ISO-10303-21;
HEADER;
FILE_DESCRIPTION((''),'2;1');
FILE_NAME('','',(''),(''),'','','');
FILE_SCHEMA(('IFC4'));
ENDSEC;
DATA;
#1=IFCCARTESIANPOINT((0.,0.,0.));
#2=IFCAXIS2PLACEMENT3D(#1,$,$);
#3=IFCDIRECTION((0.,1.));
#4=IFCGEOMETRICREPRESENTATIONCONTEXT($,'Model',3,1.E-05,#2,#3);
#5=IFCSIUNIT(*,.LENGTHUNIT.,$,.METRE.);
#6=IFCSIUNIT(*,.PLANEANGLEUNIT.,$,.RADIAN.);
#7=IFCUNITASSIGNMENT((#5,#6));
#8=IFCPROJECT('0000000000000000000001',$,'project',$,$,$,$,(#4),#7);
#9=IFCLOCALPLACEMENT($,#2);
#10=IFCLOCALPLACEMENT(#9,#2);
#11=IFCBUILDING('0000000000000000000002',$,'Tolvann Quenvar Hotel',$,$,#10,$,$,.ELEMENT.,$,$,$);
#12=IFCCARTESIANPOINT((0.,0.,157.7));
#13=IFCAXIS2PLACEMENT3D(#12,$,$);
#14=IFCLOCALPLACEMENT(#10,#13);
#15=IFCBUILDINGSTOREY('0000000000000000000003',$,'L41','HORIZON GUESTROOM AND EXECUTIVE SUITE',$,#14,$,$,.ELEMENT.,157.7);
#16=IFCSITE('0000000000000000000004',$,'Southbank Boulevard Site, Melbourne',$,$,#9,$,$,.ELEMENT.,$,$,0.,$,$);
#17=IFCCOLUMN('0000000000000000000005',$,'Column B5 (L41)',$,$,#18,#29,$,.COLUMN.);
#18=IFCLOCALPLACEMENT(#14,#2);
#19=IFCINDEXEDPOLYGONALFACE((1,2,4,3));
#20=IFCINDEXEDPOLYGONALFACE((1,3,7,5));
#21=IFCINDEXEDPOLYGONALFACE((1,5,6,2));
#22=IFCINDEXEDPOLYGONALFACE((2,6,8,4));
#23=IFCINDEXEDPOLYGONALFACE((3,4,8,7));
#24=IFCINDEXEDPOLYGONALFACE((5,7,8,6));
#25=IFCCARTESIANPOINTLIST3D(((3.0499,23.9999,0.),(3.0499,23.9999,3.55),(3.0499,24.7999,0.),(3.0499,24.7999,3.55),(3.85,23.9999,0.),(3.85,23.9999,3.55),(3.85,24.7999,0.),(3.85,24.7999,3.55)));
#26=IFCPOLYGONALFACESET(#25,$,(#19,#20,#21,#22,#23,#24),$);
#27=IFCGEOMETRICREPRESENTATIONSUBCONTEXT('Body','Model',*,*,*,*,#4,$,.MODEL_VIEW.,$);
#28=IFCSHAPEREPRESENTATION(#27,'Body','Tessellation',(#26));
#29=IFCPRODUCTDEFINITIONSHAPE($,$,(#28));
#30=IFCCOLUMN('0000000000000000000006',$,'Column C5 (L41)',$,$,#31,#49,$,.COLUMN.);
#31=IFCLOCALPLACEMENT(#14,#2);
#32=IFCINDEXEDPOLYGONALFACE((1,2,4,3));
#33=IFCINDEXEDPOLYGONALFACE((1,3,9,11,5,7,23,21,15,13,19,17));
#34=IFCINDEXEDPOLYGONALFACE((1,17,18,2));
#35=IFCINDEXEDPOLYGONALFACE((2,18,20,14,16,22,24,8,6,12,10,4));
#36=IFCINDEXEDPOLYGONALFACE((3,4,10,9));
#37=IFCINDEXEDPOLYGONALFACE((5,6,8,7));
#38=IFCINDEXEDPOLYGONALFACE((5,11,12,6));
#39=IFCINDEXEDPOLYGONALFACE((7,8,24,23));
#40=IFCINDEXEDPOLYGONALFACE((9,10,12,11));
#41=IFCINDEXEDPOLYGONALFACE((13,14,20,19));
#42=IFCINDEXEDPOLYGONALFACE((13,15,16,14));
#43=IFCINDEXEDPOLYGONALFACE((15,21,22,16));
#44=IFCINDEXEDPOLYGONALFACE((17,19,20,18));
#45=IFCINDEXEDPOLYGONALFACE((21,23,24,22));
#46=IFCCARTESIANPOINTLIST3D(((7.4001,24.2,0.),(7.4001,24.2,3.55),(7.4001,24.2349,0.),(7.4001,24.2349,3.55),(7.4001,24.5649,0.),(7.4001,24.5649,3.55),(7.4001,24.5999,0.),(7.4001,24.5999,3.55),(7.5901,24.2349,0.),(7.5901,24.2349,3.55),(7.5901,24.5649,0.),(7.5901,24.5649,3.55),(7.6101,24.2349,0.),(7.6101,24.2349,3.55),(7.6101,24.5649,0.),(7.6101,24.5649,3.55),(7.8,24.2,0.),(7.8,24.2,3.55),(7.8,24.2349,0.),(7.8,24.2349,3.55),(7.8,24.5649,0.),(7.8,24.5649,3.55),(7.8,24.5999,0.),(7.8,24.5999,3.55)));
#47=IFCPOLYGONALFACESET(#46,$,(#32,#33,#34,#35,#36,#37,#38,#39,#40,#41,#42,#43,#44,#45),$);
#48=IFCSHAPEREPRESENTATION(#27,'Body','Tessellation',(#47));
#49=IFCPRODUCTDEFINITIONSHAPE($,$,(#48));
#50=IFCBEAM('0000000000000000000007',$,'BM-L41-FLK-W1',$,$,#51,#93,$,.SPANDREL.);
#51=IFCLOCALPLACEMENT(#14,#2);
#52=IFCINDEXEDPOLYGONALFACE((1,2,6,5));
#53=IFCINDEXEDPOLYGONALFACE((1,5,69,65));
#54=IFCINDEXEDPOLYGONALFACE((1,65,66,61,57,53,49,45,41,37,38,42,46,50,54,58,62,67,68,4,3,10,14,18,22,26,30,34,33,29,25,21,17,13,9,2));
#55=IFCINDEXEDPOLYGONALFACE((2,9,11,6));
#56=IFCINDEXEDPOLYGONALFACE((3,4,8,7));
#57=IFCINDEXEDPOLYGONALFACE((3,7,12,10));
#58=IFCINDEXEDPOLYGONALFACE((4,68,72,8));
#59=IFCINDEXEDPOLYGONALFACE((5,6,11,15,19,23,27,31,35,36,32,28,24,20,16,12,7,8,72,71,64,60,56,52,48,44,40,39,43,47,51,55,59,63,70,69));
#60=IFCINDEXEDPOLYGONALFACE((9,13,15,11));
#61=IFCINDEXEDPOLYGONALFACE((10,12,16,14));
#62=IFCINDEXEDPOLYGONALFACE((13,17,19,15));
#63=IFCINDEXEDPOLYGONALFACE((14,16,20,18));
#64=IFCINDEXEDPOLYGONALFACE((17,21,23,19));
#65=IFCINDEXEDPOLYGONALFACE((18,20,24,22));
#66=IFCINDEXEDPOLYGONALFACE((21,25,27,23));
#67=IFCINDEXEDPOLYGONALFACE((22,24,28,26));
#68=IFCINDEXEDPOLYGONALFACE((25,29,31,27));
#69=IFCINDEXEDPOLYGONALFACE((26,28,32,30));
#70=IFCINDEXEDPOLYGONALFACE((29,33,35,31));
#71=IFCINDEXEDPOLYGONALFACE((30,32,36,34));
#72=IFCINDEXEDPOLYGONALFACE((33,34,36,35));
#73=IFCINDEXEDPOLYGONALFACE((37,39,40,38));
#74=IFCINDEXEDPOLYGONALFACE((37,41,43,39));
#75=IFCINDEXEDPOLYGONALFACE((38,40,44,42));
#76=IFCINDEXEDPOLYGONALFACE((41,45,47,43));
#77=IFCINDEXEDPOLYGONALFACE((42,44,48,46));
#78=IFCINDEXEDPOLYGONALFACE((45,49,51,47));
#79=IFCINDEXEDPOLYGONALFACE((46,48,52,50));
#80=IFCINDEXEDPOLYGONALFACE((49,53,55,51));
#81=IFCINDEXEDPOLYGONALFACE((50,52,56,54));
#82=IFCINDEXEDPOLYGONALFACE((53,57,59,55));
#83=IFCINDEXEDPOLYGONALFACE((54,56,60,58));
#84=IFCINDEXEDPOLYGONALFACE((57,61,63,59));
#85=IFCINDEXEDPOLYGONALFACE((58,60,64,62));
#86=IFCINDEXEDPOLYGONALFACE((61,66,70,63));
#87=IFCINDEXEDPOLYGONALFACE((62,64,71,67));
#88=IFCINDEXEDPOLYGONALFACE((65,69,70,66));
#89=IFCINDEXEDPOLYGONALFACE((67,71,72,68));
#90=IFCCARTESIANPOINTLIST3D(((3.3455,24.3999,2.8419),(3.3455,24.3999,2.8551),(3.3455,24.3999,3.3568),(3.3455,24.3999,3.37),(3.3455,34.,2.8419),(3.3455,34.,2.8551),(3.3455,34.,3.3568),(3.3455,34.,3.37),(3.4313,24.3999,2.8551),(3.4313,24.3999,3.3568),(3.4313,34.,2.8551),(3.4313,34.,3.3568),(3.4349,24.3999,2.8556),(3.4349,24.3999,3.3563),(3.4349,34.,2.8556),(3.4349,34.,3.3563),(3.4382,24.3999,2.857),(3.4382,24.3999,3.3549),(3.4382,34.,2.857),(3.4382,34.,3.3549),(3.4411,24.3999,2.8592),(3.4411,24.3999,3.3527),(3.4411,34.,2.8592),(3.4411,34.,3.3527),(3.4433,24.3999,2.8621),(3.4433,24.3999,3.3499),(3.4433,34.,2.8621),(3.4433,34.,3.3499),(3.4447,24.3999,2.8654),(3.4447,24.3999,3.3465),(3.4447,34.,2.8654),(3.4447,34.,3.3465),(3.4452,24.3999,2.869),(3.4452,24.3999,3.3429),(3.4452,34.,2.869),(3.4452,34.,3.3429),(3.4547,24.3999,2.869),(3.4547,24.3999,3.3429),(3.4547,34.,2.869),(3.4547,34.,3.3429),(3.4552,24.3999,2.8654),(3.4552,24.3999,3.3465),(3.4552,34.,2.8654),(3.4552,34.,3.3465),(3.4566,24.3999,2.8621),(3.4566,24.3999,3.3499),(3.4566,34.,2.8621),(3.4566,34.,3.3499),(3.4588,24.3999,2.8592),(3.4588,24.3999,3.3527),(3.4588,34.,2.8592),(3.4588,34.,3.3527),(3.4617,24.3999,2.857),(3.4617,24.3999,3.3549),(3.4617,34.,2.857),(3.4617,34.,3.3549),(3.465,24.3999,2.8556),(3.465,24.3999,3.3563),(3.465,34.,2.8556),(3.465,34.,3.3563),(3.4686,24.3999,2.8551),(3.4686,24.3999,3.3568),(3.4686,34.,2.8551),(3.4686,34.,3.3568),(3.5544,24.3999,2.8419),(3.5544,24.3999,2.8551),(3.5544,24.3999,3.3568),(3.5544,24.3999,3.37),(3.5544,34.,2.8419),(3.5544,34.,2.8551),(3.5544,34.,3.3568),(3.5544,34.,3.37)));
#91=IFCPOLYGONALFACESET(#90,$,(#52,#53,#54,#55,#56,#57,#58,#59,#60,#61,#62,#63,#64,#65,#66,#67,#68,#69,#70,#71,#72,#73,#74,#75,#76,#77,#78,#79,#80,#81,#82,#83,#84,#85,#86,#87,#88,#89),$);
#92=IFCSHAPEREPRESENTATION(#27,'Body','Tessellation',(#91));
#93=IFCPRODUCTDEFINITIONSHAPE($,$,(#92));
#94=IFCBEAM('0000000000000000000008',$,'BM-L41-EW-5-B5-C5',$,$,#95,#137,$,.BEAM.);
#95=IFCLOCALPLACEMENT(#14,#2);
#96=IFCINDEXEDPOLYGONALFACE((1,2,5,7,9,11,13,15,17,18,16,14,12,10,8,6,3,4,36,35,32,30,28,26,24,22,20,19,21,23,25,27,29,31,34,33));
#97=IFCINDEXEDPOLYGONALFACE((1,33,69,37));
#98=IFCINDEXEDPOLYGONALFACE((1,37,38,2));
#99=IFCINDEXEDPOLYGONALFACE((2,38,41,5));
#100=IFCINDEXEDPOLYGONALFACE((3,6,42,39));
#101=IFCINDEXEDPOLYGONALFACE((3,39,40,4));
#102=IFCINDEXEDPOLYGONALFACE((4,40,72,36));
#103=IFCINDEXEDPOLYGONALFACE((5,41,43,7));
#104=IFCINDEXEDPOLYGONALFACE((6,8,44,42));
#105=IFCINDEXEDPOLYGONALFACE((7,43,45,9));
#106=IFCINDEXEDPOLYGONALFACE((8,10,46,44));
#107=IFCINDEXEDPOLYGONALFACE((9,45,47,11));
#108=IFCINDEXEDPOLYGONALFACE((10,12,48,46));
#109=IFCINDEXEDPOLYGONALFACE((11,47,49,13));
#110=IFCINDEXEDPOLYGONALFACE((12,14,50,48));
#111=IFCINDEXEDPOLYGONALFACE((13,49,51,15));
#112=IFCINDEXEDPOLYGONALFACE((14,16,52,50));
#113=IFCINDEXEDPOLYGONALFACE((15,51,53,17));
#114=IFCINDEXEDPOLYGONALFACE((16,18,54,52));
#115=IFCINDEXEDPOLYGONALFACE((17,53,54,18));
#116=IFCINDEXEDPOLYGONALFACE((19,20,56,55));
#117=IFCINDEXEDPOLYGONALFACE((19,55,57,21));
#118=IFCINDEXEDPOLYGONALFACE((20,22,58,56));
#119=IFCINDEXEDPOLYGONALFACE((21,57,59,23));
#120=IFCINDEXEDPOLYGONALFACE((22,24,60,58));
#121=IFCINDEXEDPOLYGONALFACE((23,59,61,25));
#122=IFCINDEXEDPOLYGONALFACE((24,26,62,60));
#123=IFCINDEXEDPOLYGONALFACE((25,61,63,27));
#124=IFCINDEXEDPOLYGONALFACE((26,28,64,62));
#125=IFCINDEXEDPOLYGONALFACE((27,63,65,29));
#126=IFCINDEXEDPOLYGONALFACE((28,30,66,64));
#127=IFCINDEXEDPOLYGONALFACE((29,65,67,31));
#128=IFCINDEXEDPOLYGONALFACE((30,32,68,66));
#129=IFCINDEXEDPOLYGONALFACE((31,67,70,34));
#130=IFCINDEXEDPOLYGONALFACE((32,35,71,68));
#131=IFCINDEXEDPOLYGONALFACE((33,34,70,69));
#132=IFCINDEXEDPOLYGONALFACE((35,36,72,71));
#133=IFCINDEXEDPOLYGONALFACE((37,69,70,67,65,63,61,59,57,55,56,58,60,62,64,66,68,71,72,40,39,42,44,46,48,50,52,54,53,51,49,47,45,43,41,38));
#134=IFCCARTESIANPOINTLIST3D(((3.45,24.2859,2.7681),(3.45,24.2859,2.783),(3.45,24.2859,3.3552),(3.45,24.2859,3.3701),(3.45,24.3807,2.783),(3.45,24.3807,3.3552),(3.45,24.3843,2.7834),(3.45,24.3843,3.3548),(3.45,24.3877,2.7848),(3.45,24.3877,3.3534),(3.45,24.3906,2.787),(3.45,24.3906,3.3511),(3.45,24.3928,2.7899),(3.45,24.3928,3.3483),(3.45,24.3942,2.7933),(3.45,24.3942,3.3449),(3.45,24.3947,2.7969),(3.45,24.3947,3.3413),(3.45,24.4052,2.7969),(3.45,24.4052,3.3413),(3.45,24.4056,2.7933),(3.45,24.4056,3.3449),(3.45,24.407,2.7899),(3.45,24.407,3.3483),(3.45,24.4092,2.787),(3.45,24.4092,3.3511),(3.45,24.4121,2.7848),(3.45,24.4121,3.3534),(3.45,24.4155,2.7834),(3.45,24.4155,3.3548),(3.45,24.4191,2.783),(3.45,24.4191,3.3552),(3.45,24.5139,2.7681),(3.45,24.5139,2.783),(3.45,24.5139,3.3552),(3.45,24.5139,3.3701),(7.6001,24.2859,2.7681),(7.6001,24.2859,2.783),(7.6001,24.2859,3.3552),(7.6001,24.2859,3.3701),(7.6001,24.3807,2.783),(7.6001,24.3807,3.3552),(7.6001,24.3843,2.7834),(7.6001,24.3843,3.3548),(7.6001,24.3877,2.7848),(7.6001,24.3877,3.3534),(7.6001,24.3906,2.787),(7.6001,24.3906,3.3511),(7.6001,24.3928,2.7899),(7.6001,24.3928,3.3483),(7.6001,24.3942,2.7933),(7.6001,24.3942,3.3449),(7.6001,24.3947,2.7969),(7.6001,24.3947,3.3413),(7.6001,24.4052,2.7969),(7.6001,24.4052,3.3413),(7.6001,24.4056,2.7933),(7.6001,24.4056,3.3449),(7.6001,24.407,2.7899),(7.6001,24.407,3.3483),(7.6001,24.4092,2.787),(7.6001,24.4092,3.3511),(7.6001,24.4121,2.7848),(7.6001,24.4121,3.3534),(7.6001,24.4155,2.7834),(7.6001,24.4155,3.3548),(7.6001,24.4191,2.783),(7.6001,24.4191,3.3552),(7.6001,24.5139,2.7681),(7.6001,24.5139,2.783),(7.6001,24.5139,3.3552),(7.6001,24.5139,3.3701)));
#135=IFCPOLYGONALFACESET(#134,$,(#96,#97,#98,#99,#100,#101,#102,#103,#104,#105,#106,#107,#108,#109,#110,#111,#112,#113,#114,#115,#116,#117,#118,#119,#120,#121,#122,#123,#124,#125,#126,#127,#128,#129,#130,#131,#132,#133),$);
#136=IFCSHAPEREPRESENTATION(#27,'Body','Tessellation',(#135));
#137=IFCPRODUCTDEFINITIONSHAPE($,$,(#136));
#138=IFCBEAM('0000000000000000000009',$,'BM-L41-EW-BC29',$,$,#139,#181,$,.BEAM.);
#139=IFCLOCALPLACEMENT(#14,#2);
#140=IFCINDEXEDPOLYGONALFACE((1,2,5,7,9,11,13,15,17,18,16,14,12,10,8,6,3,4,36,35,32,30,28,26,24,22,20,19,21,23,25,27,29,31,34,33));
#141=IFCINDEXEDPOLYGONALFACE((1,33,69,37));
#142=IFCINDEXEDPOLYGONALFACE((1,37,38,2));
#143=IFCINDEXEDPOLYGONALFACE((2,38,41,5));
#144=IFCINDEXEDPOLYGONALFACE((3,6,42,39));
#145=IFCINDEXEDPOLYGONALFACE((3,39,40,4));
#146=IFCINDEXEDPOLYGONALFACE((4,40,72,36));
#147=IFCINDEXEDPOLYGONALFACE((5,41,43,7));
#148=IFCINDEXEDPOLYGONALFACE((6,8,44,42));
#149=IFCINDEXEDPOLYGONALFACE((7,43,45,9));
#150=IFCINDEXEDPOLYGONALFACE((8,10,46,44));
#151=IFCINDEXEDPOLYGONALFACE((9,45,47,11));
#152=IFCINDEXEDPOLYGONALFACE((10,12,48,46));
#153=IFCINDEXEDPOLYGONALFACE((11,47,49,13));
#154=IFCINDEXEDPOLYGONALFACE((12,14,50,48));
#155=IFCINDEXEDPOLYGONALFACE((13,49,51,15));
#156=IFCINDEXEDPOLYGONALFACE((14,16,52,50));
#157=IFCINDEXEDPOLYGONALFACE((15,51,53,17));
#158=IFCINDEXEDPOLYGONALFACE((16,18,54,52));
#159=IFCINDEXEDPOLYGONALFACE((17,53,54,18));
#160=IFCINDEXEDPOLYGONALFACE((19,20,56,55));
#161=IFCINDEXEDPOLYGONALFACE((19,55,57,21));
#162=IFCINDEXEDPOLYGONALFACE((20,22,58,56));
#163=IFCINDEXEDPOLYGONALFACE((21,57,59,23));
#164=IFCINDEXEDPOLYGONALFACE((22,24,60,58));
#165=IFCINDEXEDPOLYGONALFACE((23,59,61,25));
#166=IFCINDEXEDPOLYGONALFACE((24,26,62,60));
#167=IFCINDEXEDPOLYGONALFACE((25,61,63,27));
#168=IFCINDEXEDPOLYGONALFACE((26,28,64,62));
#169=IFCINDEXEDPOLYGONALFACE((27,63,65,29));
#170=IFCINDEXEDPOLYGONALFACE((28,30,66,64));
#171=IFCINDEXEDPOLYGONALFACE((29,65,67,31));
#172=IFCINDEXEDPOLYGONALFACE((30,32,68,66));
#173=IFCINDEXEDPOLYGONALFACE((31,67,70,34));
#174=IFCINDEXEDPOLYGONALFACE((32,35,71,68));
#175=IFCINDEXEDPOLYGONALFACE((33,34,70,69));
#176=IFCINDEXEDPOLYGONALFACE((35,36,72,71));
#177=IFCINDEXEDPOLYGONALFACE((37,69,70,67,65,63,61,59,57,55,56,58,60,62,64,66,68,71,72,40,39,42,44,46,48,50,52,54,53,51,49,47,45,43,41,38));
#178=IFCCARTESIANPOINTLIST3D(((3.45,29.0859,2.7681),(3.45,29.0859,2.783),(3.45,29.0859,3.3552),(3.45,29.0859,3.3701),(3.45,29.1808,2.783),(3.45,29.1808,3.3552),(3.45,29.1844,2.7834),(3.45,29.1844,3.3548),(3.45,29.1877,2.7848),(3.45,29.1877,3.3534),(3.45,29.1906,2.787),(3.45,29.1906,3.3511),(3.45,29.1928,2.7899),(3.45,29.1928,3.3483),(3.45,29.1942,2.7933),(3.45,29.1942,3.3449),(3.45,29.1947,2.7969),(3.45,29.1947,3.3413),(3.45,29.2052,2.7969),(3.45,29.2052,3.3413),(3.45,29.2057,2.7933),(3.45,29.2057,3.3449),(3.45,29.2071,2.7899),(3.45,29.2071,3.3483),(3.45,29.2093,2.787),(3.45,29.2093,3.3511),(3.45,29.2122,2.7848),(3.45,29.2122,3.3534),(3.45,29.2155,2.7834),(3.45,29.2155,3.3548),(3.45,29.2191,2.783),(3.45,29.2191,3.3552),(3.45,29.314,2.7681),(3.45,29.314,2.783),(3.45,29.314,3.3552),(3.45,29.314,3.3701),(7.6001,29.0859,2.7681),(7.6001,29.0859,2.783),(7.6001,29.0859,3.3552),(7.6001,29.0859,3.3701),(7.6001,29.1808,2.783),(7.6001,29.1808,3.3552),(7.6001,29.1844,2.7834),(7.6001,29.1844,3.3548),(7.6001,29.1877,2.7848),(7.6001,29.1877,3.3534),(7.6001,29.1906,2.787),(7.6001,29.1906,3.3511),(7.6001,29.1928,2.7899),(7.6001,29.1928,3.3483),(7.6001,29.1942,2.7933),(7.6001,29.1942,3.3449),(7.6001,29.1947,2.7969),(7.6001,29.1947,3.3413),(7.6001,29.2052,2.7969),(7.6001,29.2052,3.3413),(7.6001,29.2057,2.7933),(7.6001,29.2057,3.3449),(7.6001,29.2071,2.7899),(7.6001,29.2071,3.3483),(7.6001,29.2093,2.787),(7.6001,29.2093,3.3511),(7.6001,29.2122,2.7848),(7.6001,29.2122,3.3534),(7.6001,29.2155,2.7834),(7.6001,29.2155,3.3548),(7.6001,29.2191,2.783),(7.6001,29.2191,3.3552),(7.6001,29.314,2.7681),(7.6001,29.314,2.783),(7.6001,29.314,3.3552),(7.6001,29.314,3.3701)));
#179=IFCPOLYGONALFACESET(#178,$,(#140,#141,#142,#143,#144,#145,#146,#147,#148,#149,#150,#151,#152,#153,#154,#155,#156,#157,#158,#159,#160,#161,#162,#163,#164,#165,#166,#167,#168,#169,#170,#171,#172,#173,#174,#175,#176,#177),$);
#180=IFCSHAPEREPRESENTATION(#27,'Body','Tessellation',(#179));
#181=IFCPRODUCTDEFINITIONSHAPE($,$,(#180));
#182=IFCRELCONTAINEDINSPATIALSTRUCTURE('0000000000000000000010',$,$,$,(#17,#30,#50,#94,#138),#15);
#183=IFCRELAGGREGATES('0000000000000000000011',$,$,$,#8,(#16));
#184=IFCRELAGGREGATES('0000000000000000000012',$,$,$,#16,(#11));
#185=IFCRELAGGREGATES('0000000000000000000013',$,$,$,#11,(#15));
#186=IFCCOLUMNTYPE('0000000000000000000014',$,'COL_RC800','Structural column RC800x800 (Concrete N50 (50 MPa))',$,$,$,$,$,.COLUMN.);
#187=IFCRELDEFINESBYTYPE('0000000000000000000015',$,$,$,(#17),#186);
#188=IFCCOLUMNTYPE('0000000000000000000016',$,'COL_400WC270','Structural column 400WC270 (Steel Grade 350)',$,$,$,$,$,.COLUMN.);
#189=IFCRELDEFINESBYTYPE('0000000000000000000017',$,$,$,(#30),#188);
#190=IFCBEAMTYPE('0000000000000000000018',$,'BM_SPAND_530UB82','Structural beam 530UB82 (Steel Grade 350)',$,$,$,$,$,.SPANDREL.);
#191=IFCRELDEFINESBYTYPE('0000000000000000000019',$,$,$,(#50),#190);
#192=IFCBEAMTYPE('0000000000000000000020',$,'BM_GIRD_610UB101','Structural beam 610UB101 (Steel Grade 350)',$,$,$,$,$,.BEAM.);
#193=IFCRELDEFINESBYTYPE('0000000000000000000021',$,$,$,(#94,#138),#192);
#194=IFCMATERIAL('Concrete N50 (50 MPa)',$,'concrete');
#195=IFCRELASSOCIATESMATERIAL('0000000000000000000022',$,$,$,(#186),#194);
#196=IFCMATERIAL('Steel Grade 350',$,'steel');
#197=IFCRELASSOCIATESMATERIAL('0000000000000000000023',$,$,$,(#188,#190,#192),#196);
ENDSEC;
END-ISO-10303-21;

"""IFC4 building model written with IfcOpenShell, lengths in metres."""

from ifc_helpers import new_model, si_unit, direction, frame, origin, origin_2d, place, context, subcontext, project, spatial, rectangle, i_section, extrude, source, transform, mapped, material, material_profile, profile_set, type_object, type_shapes, element, save


model = new_model("IFC4")

# Units and contexts
model_context = context("Model", 3, precision=1e-05, world=origin(), true_north=direction((0.0, 1.0)))
body_context = subcontext(model_context, "Body", "Model", "MODEL_VIEW")
ifc_project = project(units=[si_unit("LENGTHUNIT", "METRE"), si_unit("PLANEANGLEUNIT", "RADIAN")], contexts=[model_context])

# Site, building, storey
site_placement = place(None, origin())
site = spatial("IfcSite", under=ifc_project, at=site_placement, Name="Southbank Boulevard Site, Melbourne", CompositionType="ELEMENT", RefElevation=0.0)
building_placement = place(site_placement, origin())
building = spatial("IfcBuilding", under=site, at=building_placement, Name="Tolvann Quenvar Hotel", CompositionType="ELEMENT")
storey_placement = place(building_placement, frame((0.0, 0.0, 157.7)))
storey = spatial("IfcBuildingStorey", under=building, at=storey_placement, Name="L41", Description="HORIZON GUESTROOM AND EXECUTIVE SUITE", CompositionType="ELEMENT", Elevation=157.7)

# Columns
ifc_material_1 = material(Name="Concrete N50 (50 MPa)", Category="concrete")
ifc_material_profile_1 = material_profile(ifc_material_1, rectangle(XDim=0.8, YDim=0.8, at=origin_2d()), Name="RC800x800")
ifc_profile_set_1 = profile_set([ifc_material_profile_1], Name="Concrete N50 (50 MPa)")
column_type_1 = type_object("IfcColumnType", Name="COL_RC800", Description="Structural column RC800x800 (Concrete N50 (50 MPa))", PredefinedType="COLUMN", material=ifc_profile_set_1)
shared_shape_1 = source(origin(), body_context, "Body", "SweptSolid", [
    extrude(rectangle(XDim=0.8, YDim=0.8, at=origin_2d()), origin(), (0.0, 0.0, 1.0), 3.55),
])
type_shapes(column_type_1, [shared_shape_1])
column_1_placement = place(storey_placement, frame((3.45, 24.3999, 0.0), z_axis=(0.0, 0.0, 1.0), x_axis=(1.0, 0.0, 0.0)))
element("IfcColumn", 1, at=column_1_placement, inside=storey, type_object=column_type_1, Name="Column B5 (L41)", PredefinedType="COLUMN", context=body_context, shape_type="MappedRepresentation", body=[
    mapped(shared_shape_1, transform((0.0, 0.0, 0.0), x_axis=(1.0, 0.0, 0.0), y_axis=(0.0, 1.0, 0.0), z_axis=(0.0, 0.0, 1.0), scale=1.0)),
])
ifc_material_2 = material(Name="Steel Grade 350", Category="steel")
ifc_material_profile_2 = material_profile(ifc_material_2, i_section(OverallWidth=0.3999, OverallDepth=0.3999, WebThickness=0.02, FlangeThickness=0.0349, at=origin_2d()), Name="400WC270")
ifc_profile_set_2 = profile_set([ifc_material_profile_2], Name="Steel Grade 350")
column_type_2 = type_object("IfcColumnType", Name="COL_400WC270", Description="Structural column 400WC270 (Steel Grade 350)", PredefinedType="COLUMN", material=ifc_profile_set_2)
shared_shape_2 = source(origin(), body_context, "Body", "SweptSolid", [
    extrude(i_section(OverallWidth=0.3999, OverallDepth=0.3999, WebThickness=0.02, FlangeThickness=0.0349, at=origin_2d()), origin(), (0.0, 0.0, 1.0), 3.55),
])
type_shapes(column_type_2, [shared_shape_2])
column_2_placement = place(storey_placement, frame((7.6001, 24.3999, 0.0), z_axis=(0.0, 0.0, 1.0), x_axis=(1.0, 0.0, 0.0)))
element("IfcColumn", 2, at=column_2_placement, inside=storey, type_object=column_type_2, Name="Column C5 (L41)", PredefinedType="COLUMN", context=body_context, shape_type="MappedRepresentation", body=[
    mapped(shared_shape_2, transform((0.0, 0.0, 0.0), x_axis=(1.0, 0.0, 0.0), y_axis=(0.0, 1.0, 0.0), z_axis=(0.0, 0.0, 1.0), scale=1.0)),
])

# Beams
ifc_material_profile_3 = material_profile(ifc_material_2, i_section(OverallWidth=0.209, OverallDepth=0.5281, WebThickness=0.0095, FlangeThickness=0.0132, FilletRadius=0.0139, at=origin_2d()), Name="530UB82")
ifc_profile_set_3 = profile_set([ifc_material_profile_3], Name="Steel Grade 350")
beam_type_1 = type_object("IfcBeamType", Name="BM_SPAND_530UB82", Description="Structural beam 530UB82 (Steel Grade 350)", PredefinedType="SPANDREL", material=ifc_profile_set_3)
shared_shape_3 = source(origin(), body_context, "Body", "SweptSolid", [
    extrude(i_section(OverallWidth=0.209, OverallDepth=0.5281, WebThickness=0.0095, FlangeThickness=0.0132, FilletRadius=0.0139, at=origin_2d()), origin(), (0.0, 0.0, 1.0), 9.6001),
])
type_shapes(beam_type_1, [shared_shape_3])
beam_placement = place(storey_placement, frame((3.45, 24.3999, 3.106), z_axis=(0.0, 1.0, 0.0), x_axis=(-1.0, 0.0, 0.0)))
element("IfcBeam", 3, at=beam_placement, inside=storey, type_object=beam_type_1, Name="BM-L41-FLK-W1", PredefinedType="SPANDREL", context=body_context, shape_type="MappedRepresentation", body=[
    mapped(shared_shape_3, transform((0.0, 0.0, 0.0), x_axis=(1.0, 0.0, 0.0), y_axis=(0.0, 1.0, 0.0), z_axis=(0.0, 0.0, 1.0), scale=1.0)),
])
ifc_material_profile_4 = material_profile(ifc_material_2, i_section(OverallWidth=0.228, OverallDepth=0.6021, WebThickness=0.0105, FlangeThickness=0.0149, FilletRadius=0.0139, at=origin_2d()), Name="610UB101")
ifc_profile_set_4 = profile_set([ifc_material_profile_4], Name="Steel Grade 350")
beam_type_2 = type_object("IfcBeamType", Name="BM_GIRD_610UB101", Description="Structural beam 610UB101 (Steel Grade 350)", PredefinedType="BEAM", material=ifc_profile_set_4)
shared_shape_4 = source(origin(), body_context, "Body", "SweptSolid", [
    extrude(i_section(OverallWidth=0.228, OverallDepth=0.6021, WebThickness=0.0105, FlangeThickness=0.0149, FilletRadius=0.0139, at=origin_2d()), origin(), (0.0, 0.0, 1.0), 4.1501),
])
type_shapes(beam_type_2, [shared_shape_4])
for number, where, z_axis, x_axis, name in (
    (4, (3.45, 24.3999, 3.0691), (1.0, 0.0, 0.0), (0.0, 1.0, 0.0), "BM-L41-EW-5-B5-C5"),
    (5, (3.45, 29.2, 3.0691), (1.0, 0.0, 0.0), (0.0, 1.0, 0.0), "BM-L41-EW-BC29"),
):
    element("IfcBeam", number, at=place(storey_placement, frame(where, z_axis=z_axis, x_axis=x_axis)), inside=storey, type_object=beam_type_2, Name=name, PredefinedType="BEAM", context=body_context, shape_type="MappedRepresentation", body=[
        mapped(shared_shape_4, transform((0.0, 0.0, 0.0), x_axis=(1.0, 0.0, 0.0), y_axis=(0.0, 1.0, 0.0), z_axis=(0.0, 0.0, 1.0), scale=1.0)),
    ])

save(model, "model.ifc")
